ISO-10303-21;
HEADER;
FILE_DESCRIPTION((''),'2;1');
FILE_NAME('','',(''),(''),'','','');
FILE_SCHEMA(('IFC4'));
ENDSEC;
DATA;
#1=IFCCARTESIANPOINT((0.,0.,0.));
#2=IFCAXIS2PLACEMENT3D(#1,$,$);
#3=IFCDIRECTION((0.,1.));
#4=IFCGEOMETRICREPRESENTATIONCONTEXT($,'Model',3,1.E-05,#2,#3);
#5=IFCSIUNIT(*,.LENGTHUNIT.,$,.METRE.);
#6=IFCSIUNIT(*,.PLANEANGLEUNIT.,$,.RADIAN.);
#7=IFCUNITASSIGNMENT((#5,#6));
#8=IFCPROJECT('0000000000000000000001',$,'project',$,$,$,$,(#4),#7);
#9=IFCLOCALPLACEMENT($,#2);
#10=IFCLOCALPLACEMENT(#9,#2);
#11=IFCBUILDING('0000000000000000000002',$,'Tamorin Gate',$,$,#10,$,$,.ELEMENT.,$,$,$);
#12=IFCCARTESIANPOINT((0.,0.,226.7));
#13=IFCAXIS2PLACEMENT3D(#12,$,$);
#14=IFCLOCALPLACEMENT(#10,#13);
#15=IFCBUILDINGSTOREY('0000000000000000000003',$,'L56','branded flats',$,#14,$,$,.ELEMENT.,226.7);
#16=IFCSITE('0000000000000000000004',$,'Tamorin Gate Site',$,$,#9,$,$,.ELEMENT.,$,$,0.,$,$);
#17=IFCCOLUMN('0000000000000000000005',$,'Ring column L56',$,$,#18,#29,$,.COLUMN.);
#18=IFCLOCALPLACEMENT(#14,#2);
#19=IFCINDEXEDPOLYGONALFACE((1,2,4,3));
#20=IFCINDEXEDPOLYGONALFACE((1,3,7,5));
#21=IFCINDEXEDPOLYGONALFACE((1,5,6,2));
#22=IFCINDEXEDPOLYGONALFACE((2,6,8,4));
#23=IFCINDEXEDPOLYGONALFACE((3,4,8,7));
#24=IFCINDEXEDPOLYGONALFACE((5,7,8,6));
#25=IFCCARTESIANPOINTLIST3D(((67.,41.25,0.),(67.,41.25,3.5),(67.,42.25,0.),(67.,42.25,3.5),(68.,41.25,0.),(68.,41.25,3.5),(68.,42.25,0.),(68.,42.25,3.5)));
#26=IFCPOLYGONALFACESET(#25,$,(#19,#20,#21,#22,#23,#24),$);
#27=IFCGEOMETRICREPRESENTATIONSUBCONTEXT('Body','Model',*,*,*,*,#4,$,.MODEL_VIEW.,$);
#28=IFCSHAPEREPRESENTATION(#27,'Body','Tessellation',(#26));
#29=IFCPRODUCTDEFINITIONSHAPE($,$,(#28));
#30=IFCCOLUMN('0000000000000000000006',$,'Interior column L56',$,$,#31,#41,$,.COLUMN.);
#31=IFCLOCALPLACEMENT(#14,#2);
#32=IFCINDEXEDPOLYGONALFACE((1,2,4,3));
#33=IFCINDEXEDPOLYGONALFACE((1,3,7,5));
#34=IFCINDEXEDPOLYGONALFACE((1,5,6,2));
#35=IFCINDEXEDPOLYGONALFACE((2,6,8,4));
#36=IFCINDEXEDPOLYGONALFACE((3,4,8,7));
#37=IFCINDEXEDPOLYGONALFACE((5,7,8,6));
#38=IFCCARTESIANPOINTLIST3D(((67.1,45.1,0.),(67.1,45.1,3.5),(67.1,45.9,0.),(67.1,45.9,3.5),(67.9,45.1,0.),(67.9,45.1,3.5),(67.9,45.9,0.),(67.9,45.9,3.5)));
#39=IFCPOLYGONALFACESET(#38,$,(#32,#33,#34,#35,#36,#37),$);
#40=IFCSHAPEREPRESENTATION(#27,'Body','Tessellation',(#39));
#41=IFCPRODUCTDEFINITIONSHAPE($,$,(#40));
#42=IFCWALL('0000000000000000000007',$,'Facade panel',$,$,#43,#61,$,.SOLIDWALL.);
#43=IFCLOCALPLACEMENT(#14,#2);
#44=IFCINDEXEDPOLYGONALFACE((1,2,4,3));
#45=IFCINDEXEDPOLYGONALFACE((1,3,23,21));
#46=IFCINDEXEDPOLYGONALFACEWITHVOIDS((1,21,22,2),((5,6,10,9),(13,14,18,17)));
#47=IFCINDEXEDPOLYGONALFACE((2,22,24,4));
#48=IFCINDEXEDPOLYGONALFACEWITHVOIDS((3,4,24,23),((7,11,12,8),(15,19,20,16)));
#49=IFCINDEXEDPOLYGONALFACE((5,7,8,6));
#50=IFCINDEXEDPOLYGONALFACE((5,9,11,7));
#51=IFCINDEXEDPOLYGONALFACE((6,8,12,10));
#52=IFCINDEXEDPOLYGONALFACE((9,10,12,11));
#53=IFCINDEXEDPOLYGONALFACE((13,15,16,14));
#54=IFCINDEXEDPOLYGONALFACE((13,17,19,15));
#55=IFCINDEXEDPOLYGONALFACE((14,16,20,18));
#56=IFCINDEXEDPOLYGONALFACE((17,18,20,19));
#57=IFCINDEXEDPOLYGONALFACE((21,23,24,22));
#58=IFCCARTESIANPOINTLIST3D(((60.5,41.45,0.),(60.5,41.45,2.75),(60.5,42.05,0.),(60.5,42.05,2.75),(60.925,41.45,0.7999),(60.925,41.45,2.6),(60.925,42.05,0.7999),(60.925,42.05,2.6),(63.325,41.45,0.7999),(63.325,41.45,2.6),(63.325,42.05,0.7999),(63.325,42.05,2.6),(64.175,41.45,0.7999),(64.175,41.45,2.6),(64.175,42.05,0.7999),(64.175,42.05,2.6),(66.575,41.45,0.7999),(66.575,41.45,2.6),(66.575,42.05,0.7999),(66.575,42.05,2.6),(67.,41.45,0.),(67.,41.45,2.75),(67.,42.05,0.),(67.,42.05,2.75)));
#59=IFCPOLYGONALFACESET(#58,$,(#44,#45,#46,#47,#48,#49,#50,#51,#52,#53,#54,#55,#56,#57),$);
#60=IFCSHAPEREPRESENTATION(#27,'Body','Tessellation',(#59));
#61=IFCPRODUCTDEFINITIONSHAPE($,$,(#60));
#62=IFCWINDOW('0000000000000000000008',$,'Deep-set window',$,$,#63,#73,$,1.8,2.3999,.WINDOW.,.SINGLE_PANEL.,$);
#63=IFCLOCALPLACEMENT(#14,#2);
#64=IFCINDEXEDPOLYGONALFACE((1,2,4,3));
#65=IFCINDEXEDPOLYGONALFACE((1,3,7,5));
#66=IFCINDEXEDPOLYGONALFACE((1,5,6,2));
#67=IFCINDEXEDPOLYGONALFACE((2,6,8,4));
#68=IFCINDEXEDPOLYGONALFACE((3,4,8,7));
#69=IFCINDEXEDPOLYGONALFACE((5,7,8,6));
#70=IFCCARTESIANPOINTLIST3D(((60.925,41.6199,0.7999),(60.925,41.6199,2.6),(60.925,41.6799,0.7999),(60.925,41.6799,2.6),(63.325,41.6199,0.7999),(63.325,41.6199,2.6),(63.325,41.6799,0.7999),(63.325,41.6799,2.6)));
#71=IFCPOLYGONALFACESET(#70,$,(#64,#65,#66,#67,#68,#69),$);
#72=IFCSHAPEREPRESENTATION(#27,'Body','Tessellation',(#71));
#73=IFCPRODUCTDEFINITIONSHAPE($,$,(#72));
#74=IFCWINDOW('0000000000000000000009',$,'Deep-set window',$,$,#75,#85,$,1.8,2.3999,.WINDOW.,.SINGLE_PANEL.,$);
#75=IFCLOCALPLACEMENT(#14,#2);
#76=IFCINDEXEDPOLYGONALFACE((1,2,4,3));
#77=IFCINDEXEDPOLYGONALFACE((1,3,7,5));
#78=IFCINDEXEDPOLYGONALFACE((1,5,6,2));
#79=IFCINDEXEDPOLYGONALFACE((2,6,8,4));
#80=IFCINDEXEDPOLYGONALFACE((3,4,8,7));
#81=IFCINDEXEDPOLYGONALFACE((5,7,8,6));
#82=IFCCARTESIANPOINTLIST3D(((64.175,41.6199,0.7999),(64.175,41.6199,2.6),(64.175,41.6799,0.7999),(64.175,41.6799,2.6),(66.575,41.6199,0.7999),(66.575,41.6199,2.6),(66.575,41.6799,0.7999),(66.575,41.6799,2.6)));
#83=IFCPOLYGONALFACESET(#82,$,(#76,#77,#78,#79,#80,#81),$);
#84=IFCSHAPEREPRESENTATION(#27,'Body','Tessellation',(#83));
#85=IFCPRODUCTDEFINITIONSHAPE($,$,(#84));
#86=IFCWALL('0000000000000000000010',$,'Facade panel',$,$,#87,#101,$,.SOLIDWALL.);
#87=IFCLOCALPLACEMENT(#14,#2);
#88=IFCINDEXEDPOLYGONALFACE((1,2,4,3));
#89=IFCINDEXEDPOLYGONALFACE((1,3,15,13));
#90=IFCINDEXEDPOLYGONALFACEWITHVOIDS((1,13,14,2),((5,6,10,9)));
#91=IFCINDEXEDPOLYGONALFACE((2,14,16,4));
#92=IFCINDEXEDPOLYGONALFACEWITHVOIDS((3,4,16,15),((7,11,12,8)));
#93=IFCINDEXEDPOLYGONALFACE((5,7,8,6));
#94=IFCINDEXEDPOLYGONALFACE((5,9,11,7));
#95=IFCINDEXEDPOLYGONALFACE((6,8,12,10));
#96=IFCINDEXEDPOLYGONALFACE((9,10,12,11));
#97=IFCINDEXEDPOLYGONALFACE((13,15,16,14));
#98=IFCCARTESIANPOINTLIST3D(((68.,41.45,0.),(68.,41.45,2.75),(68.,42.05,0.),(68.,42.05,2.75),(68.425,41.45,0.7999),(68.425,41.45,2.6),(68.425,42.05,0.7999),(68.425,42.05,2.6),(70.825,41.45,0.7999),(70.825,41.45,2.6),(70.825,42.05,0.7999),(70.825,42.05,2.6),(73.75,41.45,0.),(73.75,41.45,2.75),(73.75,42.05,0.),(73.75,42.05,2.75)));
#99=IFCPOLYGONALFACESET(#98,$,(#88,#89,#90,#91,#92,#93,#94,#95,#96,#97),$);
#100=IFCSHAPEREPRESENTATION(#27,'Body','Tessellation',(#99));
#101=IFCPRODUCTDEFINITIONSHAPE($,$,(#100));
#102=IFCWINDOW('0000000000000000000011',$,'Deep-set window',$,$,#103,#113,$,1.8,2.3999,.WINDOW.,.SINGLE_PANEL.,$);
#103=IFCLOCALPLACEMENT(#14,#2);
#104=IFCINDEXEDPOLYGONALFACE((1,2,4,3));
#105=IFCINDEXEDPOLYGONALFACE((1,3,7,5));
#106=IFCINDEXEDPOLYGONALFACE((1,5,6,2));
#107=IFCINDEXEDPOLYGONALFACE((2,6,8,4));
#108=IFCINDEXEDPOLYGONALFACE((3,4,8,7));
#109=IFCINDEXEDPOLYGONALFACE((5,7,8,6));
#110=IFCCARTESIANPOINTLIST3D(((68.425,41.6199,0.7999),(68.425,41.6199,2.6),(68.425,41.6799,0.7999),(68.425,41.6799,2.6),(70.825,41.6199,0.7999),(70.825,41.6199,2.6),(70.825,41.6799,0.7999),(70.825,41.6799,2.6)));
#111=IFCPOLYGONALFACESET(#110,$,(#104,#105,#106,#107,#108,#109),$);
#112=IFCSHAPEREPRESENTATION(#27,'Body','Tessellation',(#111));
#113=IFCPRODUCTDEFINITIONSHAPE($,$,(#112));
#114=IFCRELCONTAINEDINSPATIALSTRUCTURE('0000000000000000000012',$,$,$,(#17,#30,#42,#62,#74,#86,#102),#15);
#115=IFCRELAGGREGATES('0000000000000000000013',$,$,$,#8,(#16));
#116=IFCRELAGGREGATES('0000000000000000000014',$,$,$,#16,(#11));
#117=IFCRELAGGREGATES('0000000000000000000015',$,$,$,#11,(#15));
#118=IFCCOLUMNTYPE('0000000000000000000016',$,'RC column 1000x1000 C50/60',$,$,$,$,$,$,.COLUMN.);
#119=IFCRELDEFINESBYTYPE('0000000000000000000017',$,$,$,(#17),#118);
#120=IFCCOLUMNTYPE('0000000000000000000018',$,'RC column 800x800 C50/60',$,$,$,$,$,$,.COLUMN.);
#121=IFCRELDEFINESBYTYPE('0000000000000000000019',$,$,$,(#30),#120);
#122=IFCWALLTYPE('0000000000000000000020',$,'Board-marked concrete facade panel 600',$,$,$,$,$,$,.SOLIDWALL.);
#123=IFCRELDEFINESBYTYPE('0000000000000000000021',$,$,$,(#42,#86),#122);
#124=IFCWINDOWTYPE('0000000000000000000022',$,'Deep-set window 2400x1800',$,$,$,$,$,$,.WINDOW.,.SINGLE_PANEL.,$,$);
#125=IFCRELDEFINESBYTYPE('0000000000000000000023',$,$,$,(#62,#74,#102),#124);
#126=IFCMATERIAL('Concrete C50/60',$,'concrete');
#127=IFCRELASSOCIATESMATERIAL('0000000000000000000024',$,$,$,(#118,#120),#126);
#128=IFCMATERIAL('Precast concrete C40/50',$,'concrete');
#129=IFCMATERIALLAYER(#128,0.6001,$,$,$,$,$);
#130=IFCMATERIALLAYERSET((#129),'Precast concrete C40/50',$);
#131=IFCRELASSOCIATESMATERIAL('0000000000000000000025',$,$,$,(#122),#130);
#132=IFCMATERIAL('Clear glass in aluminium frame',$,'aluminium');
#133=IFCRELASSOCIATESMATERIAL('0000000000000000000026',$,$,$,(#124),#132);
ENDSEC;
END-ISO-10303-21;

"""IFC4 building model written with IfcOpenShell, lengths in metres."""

from ifc_helpers import new_model, si_unit, direction, frame, frame_2d, origin, origin_2d, place, context, subcontext, project, spatial, rectangle, extrude, material, layer, layer_set, material_profile, profile_set, type_object, element, fill, save


model = new_model("IFC4")

# Units and contexts
model_context = context("Model", 3, precision=1e-05, world=origin(), true_north=direction((0.0, 1.0)))
body_context = subcontext(model_context, "Body", "Model", "MODEL_VIEW")
ifc_project = project(units=[si_unit("LENGTHUNIT", "METRE"), si_unit("PLANEANGLEUNIT", "RADIAN")], contexts=[model_context])

# Site, building, storey
site_placement = place(None, origin())
site = spatial("IfcSite", under=ifc_project, at=site_placement, Name="Tamorin Gate Site", CompositionType="ELEMENT", RefElevation=0.0)
building_placement = place(site_placement, origin())
building = spatial("IfcBuilding", under=site, at=building_placement, Name="Tamorin Gate", CompositionType="ELEMENT")
storey_placement = place(building_placement, frame((0.0, 0.0, 226.7)))
storey = spatial("IfcBuildingStorey", under=building, at=storey_placement, Name="L56", Description="branded flats", CompositionType="ELEMENT", Elevation=226.7)

# Columns
ifc_material_1 = material(Name="Concrete C50/60", Category="concrete")
ifc_material_profile_1 = material_profile(ifc_material_1, rectangle(XDim=1.0, YDim=1.0, at=origin_2d()), Name="RC 1000x1000")
ifc_profile_set_1 = profile_set([ifc_material_profile_1], Name="Concrete C50/60")
column_type_1 = type_object("IfcColumnType", Name="RC column 1000x1000 C50/60", PredefinedType="COLUMN", material=ifc_profile_set_1)
column_1_placement = place(storey_placement, frame((67.5, 41.75, 0.0), z_axis=(0.0, 0.0, 1.0), x_axis=(1.0, 0.0, 0.0)))
element("IfcColumn", 1, at=column_1_placement, inside=storey, type_object=column_type_1, Name="Ring column L56", PredefinedType="COLUMN", context=body_context, shape_type="SweptSolid", body=[
    extrude(rectangle(XDim=1.0, YDim=1.0, at=origin_2d()), origin(), (0.0, 0.0, 1.0), 3.5),
])
ifc_material_profile_2 = material_profile(ifc_material_1, rectangle(XDim=0.8, YDim=0.8, at=origin_2d()), Name="RC 800x800")
ifc_profile_set_2 = profile_set([ifc_material_profile_2], Name="Concrete C50/60")
column_type_2 = type_object("IfcColumnType", Name="RC column 800x800 C50/60", PredefinedType="COLUMN", material=ifc_profile_set_2)
column_2_placement = place(storey_placement, frame((67.5, 45.5, 0.0), z_axis=(0.0, 0.0, 1.0), x_axis=(1.0, 0.0, 0.0)))
element("IfcColumn", 2, at=column_2_placement, inside=storey, type_object=column_type_2, Name="Interior column L56", PredefinedType="COLUMN", context=body_context, shape_type="SweptSolid", body=[
    extrude(rectangle(XDim=0.8, YDim=0.8, at=origin_2d()), origin(), (0.0, 0.0, 1.0), 3.5),
])

# Wall, openings, windows
ifc_material_2 = material(Name="Precast concrete C40/50", Category="concrete")
ifc_layer_1 = layer(ifc_material_2, 0.6001)
ifc_layer_set_1 = layer_set([ifc_layer_1], Name="Precast concrete C40/50")
wall_type_1 = type_object("IfcWallType", Name="Board-marked concrete facade panel 600", PredefinedType="SOLIDWALL", material=ifc_layer_set_1)
wall_1_placement = place(storey_placement, frame((60.5, 41.75, 0.0), z_axis=(0.0, 0.0, 1.0), x_axis=(1.0, 0.0, 0.0)))
wall_1 = element("IfcWall", 3, at=wall_1_placement, inside=storey, type_object=wall_type_1, Name="Facade panel", PredefinedType="SOLIDWALL", context=body_context, shape_type="SweptSolid", body=[
    extrude(rectangle(XDim=6.5, YDim=0.6001, at=frame_2d((3.25, 0.0))), origin(), (0.0, 0.0, 1.0), 2.75),
])
opening_1_placement = place(wall_1_placement, frame((0.425, 0.0, 0.8)))
opening_1 = element("IfcOpeningElement", 4, at=opening_1_placement, cuts=wall_1, PredefinedType="OPENING", context=body_context, shape_type="SweptSolid", body=[
    extrude(rectangle(XDim=2.3999, YDim=1.8, at=frame_2d((1.2, 0.8999))), frame((0.0, 0.3101, 0.0), z_axis=(0.0, -1.0, 0.0), x_axis=(1.0, 0.0, 0.0)), (0.0, 0.0, 1.0), 0.6201),
])
opening_2_placement = place(wall_1_placement, frame((3.675, 0.0, 0.8)))
opening_2 = element("IfcOpeningElement", 5, at=opening_2_placement, cuts=wall_1, PredefinedType="OPENING", context=body_context, shape_type="SweptSolid", body=[
    extrude(rectangle(XDim=2.3999, YDim=1.8, at=frame_2d((1.2, 0.8999))), frame((0.0, 0.3101, 0.0), z_axis=(0.0, -1.0, 0.0), x_axis=(1.0, 0.0, 0.0)), (0.0, 0.0, 1.0), 0.6201),
])
ifc_material_3 = material(Name="Clear glass in aluminium frame", Category="aluminium")
window_type = type_object("IfcWindowType", Name="Deep-set window 2400x1800", PartitioningType="SINGLE_PANEL", PredefinedType="WINDOW", material=ifc_material_3)
window_1_placement = place(opening_1_placement, origin())
window_1 = element("IfcWindow", 6, at=window_1_placement, inside=storey, type_object=window_type, Name="Deep-set window", OverallHeight=1.8, OverallWidth=2.3999, PartitioningType="SINGLE_PANEL", PredefinedType="WINDOW", context=body_context, shape_type="SweptSolid", body=[
    extrude(rectangle(XDim=2.3999, YDim=1.8, at=frame_2d((1.2, 0.8999))), frame((0.0, -0.0701, 0.0), z_axis=(0.0, -1.0, 0.0), x_axis=(1.0, 0.0, 0.0)), (0.0, 0.0, 1.0), 0.0601),
])
fill(opening_1, window_1)
window_2_placement = place(opening_2_placement, origin())
window_2 = element("IfcWindow", 7, at=window_2_placement, inside=storey, type_object=window_type, Name="Deep-set window", OverallHeight=1.8, OverallWidth=2.3999, PartitioningType="SINGLE_PANEL", PredefinedType="WINDOW", context=body_context, shape_type="SweptSolid", body=[
    extrude(rectangle(XDim=2.3999, YDim=1.8, at=frame_2d((1.2, 0.8999))), frame((0.0, -0.0701, 0.0), z_axis=(0.0, -1.0, 0.0), x_axis=(1.0, 0.0, 0.0)), (0.0, 0.0, 1.0), 0.0601),
])
fill(opening_2, window_2)

# Wall, opening, window
wall_2_placement = place(storey_placement, frame((68.0, 41.75, 0.0), z_axis=(0.0, 0.0, 1.0), x_axis=(1.0, 0.0, 0.0)))
wall_2 = element("IfcWall", 8, at=wall_2_placement, inside=storey, type_object=wall_type_1, Name="Facade panel", PredefinedType="SOLIDWALL", context=body_context, shape_type="SweptSolid", body=[
    extrude(rectangle(XDim=5.75, YDim=0.6001, at=frame_2d((2.875, 0.0))), origin(), (0.0, 0.0, 1.0), 2.75),
])
opening_3_placement = place(wall_2_placement, frame((0.425, 0.0, 0.8)))
opening_3 = element("IfcOpeningElement", 9, at=opening_3_placement, cuts=wall_2, PredefinedType="OPENING", context=body_context, shape_type="SweptSolid", body=[
    extrude(rectangle(XDim=2.3999, YDim=1.8, at=frame_2d((1.2, 0.8999))), frame((0.0, 0.3101, 0.0), z_axis=(0.0, -1.0, 0.0), x_axis=(1.0, 0.0, 0.0)), (0.0, 0.0, 1.0), 0.6201),
])
window_3_placement = place(opening_3_placement, origin())
window_3 = element("IfcWindow", 10, at=window_3_placement, inside=storey, type_object=window_type, Name="Deep-set window", OverallHeight=1.8, OverallWidth=2.3999, PartitioningType="SINGLE_PANEL", PredefinedType="WINDOW", context=body_context, shape_type="SweptSolid", body=[
    extrude(rectangle(XDim=2.3999, YDim=1.8, at=frame_2d((1.2, 0.8999))), frame((0.0, -0.0701, 0.0), z_axis=(0.0, -1.0, 0.0), x_axis=(1.0, 0.0, 0.0)), (0.0, 0.0, 1.0), 0.0601),
])
fill(opening_3, window_3)

save(model, "model.ifc")
